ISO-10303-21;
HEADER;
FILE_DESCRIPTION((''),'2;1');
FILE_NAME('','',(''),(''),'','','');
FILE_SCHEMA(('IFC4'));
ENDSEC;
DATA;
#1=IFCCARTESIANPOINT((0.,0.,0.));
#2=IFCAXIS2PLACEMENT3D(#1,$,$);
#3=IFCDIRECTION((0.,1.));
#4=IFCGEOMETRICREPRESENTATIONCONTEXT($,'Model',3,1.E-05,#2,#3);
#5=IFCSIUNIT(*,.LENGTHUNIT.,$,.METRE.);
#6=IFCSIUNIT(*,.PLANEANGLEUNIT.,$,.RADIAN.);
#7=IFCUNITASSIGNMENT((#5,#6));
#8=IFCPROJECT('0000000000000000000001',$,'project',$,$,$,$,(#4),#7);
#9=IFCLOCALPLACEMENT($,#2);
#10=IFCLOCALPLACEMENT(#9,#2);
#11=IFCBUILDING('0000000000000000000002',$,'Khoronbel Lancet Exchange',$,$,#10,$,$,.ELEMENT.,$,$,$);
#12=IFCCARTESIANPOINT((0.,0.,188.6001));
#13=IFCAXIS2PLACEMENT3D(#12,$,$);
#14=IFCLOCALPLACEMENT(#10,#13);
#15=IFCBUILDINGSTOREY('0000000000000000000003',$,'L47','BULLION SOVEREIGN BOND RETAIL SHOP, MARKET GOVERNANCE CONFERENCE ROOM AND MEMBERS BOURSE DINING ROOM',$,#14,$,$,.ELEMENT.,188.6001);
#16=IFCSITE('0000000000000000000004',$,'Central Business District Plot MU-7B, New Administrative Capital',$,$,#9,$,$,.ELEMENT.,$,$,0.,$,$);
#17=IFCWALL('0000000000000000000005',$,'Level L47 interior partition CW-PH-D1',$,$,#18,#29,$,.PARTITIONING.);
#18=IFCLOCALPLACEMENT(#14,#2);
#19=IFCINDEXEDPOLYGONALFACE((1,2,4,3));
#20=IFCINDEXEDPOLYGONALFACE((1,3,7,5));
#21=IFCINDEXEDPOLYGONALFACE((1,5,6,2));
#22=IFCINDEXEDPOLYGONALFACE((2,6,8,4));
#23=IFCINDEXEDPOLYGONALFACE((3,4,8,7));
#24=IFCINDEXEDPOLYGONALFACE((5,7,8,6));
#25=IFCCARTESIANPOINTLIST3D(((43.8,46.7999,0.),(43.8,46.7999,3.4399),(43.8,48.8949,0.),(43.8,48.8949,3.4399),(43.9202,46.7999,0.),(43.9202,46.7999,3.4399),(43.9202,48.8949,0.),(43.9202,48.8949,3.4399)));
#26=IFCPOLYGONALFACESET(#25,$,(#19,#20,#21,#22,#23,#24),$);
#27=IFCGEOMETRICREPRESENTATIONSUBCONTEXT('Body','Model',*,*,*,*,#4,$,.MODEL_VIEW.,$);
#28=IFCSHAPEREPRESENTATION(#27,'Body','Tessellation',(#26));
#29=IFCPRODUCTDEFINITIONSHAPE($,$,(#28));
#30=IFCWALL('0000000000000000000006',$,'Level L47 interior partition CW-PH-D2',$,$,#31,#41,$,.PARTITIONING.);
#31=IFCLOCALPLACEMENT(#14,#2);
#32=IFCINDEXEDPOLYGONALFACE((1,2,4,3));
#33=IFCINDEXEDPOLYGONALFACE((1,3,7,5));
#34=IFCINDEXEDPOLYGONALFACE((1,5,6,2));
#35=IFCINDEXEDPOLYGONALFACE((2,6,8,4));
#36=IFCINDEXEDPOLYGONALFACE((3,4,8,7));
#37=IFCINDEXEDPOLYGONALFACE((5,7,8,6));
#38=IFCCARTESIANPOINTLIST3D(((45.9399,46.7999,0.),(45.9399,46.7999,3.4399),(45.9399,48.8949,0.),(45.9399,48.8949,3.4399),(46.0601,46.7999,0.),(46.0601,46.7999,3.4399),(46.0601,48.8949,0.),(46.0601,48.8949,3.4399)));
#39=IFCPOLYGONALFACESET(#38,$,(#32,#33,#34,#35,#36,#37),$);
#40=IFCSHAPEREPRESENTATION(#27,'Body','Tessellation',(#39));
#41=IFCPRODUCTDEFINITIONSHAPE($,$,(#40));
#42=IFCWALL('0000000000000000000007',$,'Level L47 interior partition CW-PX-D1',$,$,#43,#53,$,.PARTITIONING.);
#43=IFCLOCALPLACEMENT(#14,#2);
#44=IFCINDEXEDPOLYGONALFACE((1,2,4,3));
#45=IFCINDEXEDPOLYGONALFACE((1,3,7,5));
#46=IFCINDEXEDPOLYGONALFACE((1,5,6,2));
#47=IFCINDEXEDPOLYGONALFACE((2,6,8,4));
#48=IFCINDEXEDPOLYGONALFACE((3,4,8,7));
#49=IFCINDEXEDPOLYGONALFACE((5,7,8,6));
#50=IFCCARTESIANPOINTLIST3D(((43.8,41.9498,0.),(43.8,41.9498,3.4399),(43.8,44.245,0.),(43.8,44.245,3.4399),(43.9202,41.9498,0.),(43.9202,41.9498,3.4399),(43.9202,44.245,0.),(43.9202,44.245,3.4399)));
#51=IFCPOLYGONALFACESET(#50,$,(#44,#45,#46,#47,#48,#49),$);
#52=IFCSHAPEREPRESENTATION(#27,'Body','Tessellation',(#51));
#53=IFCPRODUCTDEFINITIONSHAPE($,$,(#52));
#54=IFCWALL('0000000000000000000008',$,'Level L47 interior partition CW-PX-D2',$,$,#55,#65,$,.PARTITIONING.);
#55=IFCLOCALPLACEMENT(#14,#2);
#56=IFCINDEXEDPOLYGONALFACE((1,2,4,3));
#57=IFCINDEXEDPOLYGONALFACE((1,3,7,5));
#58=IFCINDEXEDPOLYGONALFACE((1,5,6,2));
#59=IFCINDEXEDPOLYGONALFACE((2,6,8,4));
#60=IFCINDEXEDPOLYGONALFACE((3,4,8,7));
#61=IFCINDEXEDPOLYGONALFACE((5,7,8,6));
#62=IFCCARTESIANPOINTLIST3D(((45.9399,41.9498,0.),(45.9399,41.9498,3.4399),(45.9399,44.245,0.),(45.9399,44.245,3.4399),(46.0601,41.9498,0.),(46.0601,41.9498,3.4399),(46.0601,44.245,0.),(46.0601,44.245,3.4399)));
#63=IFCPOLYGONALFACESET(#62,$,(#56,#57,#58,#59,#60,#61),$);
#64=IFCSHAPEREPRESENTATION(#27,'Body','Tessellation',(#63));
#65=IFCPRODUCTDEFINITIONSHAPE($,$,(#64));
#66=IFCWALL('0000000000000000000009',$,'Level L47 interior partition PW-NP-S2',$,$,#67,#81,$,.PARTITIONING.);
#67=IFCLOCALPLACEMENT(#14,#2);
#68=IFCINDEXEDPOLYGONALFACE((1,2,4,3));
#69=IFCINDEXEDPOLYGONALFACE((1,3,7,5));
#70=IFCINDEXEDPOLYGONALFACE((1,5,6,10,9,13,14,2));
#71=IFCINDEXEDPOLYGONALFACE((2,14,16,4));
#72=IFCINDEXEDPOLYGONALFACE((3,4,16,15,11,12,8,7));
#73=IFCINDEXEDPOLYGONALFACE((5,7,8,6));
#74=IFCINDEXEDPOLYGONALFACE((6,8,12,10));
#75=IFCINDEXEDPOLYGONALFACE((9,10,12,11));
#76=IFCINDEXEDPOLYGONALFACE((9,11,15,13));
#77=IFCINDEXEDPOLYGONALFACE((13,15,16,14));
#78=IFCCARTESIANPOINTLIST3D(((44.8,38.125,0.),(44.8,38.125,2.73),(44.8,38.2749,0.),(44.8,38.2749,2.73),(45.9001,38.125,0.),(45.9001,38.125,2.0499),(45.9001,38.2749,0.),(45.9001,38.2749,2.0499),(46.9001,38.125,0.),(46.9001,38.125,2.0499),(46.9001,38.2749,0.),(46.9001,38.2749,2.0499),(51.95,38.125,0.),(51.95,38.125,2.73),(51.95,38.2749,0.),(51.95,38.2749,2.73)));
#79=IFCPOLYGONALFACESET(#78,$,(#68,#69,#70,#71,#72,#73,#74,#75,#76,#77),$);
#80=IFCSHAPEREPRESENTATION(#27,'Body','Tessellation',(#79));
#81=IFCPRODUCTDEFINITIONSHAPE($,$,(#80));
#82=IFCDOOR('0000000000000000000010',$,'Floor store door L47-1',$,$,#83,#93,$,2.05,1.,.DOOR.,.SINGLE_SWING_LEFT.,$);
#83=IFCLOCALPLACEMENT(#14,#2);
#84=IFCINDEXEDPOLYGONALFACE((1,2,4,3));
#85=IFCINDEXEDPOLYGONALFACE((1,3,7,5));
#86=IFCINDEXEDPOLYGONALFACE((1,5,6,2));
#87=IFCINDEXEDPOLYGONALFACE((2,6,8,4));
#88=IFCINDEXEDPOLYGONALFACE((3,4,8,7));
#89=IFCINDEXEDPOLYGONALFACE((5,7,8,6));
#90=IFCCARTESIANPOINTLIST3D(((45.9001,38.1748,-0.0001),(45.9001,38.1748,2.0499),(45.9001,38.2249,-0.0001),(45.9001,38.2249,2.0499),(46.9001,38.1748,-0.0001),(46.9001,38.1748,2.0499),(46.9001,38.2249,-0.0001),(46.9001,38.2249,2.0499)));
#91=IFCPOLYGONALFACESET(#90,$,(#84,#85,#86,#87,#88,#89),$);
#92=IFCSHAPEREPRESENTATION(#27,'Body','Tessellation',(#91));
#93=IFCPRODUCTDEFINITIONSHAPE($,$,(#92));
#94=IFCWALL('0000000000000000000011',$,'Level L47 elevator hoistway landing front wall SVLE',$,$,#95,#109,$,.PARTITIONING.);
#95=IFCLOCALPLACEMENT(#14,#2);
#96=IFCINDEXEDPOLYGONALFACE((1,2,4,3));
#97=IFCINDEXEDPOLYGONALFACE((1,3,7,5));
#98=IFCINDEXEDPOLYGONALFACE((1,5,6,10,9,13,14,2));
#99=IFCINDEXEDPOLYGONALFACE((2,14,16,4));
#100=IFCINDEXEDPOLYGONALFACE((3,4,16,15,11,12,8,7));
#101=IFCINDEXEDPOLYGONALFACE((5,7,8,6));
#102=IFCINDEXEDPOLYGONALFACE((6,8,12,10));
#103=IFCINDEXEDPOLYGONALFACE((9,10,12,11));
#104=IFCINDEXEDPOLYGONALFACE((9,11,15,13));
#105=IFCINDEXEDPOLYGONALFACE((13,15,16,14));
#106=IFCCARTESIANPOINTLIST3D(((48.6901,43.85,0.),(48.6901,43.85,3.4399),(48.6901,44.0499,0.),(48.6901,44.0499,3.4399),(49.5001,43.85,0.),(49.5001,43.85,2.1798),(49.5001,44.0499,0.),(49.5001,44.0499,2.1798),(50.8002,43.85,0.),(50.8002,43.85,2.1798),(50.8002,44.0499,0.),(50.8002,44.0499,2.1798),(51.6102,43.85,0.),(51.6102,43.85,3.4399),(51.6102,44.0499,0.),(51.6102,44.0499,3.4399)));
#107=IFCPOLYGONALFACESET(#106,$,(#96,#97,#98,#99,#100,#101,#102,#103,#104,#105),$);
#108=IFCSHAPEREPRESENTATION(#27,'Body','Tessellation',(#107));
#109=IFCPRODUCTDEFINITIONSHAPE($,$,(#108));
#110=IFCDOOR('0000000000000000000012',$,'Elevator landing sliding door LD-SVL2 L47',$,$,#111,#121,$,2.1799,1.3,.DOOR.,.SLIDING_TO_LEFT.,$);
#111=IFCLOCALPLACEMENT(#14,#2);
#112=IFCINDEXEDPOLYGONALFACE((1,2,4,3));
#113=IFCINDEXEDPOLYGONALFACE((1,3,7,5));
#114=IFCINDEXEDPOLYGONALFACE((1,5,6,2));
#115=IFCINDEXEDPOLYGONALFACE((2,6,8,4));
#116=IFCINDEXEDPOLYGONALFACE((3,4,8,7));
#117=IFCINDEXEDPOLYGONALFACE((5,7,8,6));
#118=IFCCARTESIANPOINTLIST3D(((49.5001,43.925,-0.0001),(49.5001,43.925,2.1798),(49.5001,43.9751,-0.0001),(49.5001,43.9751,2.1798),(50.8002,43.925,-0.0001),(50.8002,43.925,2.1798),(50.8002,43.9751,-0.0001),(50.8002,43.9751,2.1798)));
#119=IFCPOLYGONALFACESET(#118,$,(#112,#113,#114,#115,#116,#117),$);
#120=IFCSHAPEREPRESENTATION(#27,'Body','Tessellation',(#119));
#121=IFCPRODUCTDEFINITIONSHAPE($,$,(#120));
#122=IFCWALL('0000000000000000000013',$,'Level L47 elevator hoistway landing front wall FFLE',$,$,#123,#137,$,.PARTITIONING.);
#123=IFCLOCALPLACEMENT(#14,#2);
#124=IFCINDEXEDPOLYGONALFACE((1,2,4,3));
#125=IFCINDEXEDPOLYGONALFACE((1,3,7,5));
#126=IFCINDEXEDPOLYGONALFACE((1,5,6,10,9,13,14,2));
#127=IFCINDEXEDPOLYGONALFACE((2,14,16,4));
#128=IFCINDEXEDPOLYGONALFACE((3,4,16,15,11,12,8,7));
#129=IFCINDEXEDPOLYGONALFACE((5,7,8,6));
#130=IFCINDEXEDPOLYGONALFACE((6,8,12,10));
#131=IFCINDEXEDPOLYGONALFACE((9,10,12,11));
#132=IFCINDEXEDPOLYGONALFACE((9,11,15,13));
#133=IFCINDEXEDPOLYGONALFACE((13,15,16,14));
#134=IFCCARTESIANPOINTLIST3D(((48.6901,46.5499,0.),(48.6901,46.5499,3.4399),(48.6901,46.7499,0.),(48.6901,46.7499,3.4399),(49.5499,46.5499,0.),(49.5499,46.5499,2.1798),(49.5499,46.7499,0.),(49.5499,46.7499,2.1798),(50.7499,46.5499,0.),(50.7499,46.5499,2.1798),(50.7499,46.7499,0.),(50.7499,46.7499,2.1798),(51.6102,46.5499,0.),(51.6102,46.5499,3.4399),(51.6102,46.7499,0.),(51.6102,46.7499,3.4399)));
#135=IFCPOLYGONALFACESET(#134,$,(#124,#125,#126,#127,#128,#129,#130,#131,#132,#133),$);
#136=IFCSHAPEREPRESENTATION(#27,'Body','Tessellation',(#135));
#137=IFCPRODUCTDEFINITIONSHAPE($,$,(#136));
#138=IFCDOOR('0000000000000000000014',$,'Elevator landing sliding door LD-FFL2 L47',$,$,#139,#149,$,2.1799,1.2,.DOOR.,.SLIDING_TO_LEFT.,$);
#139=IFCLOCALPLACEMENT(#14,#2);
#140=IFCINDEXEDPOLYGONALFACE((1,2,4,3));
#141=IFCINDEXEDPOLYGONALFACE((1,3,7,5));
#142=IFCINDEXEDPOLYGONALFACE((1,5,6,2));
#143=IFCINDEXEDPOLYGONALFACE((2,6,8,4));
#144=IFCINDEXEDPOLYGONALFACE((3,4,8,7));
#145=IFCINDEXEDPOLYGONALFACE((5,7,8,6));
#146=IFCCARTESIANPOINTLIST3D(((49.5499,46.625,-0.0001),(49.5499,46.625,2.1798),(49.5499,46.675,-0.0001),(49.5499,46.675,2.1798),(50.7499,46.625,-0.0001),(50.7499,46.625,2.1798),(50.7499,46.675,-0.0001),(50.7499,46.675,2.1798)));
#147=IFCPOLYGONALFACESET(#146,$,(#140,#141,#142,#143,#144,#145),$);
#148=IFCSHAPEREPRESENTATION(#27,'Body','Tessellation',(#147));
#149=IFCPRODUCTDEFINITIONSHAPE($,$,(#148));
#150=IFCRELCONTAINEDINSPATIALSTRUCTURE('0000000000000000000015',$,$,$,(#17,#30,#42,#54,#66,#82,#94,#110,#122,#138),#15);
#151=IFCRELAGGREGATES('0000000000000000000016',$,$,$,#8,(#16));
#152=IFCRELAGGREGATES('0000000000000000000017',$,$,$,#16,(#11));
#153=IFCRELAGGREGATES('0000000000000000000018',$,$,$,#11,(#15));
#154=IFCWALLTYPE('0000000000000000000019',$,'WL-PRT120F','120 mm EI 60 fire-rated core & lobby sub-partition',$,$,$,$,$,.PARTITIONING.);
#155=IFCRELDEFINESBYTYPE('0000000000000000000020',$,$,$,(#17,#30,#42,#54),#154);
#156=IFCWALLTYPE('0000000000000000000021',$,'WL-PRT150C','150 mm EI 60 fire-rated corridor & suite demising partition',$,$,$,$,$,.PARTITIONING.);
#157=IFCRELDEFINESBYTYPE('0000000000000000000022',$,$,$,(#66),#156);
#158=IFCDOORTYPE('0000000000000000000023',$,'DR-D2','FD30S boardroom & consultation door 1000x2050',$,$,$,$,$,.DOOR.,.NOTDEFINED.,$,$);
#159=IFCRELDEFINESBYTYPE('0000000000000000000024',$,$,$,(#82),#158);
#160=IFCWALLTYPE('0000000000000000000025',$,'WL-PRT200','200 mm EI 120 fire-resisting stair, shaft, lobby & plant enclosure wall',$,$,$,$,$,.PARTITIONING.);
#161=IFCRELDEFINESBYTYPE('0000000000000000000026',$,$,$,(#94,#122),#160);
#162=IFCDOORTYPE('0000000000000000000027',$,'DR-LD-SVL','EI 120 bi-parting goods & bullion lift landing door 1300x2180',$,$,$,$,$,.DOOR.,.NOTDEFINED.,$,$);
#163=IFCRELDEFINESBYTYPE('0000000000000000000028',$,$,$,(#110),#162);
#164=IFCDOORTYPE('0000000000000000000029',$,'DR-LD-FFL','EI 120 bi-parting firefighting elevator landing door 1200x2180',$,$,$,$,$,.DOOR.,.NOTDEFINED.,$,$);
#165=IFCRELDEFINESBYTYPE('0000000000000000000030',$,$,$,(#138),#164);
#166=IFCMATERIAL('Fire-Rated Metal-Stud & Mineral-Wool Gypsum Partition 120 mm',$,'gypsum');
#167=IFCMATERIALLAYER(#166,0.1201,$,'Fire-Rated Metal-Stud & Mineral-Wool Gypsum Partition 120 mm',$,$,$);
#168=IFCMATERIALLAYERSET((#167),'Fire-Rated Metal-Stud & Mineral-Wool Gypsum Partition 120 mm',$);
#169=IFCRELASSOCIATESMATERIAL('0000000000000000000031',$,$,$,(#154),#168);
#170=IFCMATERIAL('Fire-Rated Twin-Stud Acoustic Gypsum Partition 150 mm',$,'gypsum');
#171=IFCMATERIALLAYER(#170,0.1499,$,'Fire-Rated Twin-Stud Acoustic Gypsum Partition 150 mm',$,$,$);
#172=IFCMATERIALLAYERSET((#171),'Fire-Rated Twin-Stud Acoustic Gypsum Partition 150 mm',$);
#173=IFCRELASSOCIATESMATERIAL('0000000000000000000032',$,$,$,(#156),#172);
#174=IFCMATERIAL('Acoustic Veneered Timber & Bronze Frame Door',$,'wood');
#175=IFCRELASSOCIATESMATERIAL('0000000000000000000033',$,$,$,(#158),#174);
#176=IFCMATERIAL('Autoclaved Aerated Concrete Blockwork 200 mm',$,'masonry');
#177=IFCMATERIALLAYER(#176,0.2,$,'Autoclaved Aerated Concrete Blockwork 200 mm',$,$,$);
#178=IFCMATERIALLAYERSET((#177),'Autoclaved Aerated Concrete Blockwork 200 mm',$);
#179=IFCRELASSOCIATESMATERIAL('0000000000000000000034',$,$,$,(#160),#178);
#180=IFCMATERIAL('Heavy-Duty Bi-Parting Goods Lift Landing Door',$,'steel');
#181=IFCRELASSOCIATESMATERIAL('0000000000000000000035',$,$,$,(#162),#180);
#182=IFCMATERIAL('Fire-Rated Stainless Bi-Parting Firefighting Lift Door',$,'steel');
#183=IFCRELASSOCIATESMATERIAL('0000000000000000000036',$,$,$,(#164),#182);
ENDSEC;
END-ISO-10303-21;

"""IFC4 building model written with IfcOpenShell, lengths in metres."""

from ifc_helpers import new_model, si_unit, direction, frame, frame_2d, origin, place, context, subcontext, project, spatial, rectangle, extrude, material, layer, layer_set, type_object, element, fill, save


model = new_model("IFC4")

# Units and contexts
model_context = context("Model", 3, precision=1e-05, world=origin(), true_north=direction((0.0, 1.0)))
body_context = subcontext(model_context, "Body", "Model", "MODEL_VIEW")
ifc_project = project(units=[si_unit("LENGTHUNIT", "METRE"), si_unit("PLANEANGLEUNIT", "RADIAN")], contexts=[model_context])

# Site, building, storey
site_placement = place(None, origin())
site = spatial("IfcSite", under=ifc_project, at=site_placement, Name="Central Business District Plot MU-7B, New Administrative Capital", CompositionType="ELEMENT", RefElevation=0.0)
building_placement = place(site_placement, origin())
building = spatial("IfcBuilding", under=site, at=building_placement, Name="Khoronbel Lancet Exchange", CompositionType="ELEMENT")
storey_placement = place(building_placement, frame((0.0, 0.0, 188.6001)))
storey = spatial("IfcBuildingStorey", under=building, at=storey_placement, Name="L47", Description="BULLION SOVEREIGN BOND RETAIL SHOP, MARKET GOVERNANCE CONFERENCE ROOM AND MEMBERS BOURSE DINING ROOM", CompositionType="ELEMENT", Elevation=188.6001)

# Walls
ifc_material_1 = material(Name="Fire-Rated Metal-Stud & Mineral-Wool Gypsum Partition 120 mm", Category="gypsum")
ifc_layer_1 = layer(ifc_material_1, 0.1201, Name="Fire-Rated Metal-Stud & Mineral-Wool Gypsum Partition 120 mm")
ifc_layer_set_1 = layer_set([ifc_layer_1], Name="Fire-Rated Metal-Stud & Mineral-Wool Gypsum Partition 120 mm")
wall_type_1 = type_object("IfcWallType", Name="WL-PRT120F", Description="120 mm EI 60 fire-rated core & lobby sub-partition", PredefinedType="PARTITIONING", material=ifc_layer_set_1)
for number, where, z_axis, x_axis, name in (
    (1, (43.8601, 46.8, 0.0), (0.0, 0.0, 1.0), (0.0, 1.0, 0.0), "Level L47 interior partition CW-PH-D1"),
    (2, (46.0, 46.8, 0.0), (0.0, 0.0, 1.0), (0.0, 1.0, 0.0), "Level L47 interior partition CW-PH-D2"),
):
    element("IfcWall", number, at=place(storey_placement, frame(where, z_axis=z_axis, x_axis=x_axis)), inside=storey, type_object=wall_type_1, Name=name, PredefinedType="PARTITIONING", context=body_context, shape_type="SweptSolid", body=[
        extrude(rectangle(XDim=2.095, YDim=0.1201, at=frame_2d((1.0474, 0.0))), origin(), (0.0, 0.0, 1.0), 3.4399),
    ])
for number, where, z_axis, x_axis, name in (
    (3, (43.8601, 41.95, 0.0), (0.0, 0.0, 1.0), (0.0, 1.0, 0.0), "Level L47 interior partition CW-PX-D1"),
    (4, (46.0, 41.95, 0.0), (0.0, 0.0, 1.0), (0.0, 1.0, 0.0), "Level L47 interior partition CW-PX-D2"),
):
    element("IfcWall", number, at=place(storey_placement, frame(where, z_axis=z_axis, x_axis=x_axis)), inside=storey, type_object=wall_type_1, Name=name, PredefinedType="PARTITIONING", context=body_context, shape_type="SweptSolid", body=[
        extrude(rectangle(XDim=2.2952, YDim=0.1201, at=frame_2d((1.1475, 0.0))), origin(), (0.0, 0.0, 1.0), 3.4399),
    ])

# Walls, openings, doors
ifc_material_2 = material(Name="Fire-Rated Twin-Stud Acoustic Gypsum Partition 150 mm", Category="gypsum")
ifc_layer_2 = layer(ifc_material_2, 0.1499, Name="Fire-Rated Twin-Stud Acoustic Gypsum Partition 150 mm")
ifc_layer_set_2 = layer_set([ifc_layer_2], Name="Fire-Rated Twin-Stud Acoustic Gypsum Partition 150 mm")
wall_type_2 = type_object("IfcWallType", Name="WL-PRT150C", Description="150 mm EI 60 fire-rated corridor & suite demising partition", PredefinedType="PARTITIONING", material=ifc_layer_set_2)
wall_1_placement = place(storey_placement, frame((44.8, 38.2, 0.0), z_axis=(0.0, 0.0, 1.0), x_axis=(1.0, 0.0, 0.0)))
wall_1 = element("IfcWall", 5, at=wall_1_placement, inside=storey, type_object=wall_type_2, Name="Level L47 interior partition PW-NP-S2", PredefinedType="PARTITIONING", context=body_context, shape_type="SweptSolid", body=[
    extrude(rectangle(XDim=7.1499, YDim=0.1499, at=frame_2d((3.575, 0.0))), origin(), (0.0, 0.0, 1.0), 2.73),
])
opening_1_placement = place(wall_1_placement, frame((1.1001, 0.0, 0.0)))
opening_1 = element("IfcOpeningElement", 6, at=opening_1_placement, cuts=wall_1, PredefinedType="OPENING", context=body_context, shape_type="SweptSolid", body=[
    extrude(rectangle(XDim=1.0, YDim=2.05, at=frame_2d((0.5, 1.0249))), frame((0.0, 0.085, 0.0), z_axis=(0.0, -1.0, 0.0), x_axis=(1.0, 0.0, 0.0)), (0.0, 0.0, 1.0), 0.1699),
])
ifc_material_3 = material(Name="Acoustic Veneered Timber & Bronze Frame Door", Category="wood")
door_type_1 = type_object("IfcDoorType", Name="DR-D2", Description="FD30S boardroom & consultation door 1000x2050", OperationType="NOTDEFINED", PredefinedType="DOOR", material=ifc_material_3)
door_1_placement = place(opening_1_placement, origin())
door_1 = element("IfcDoor", 7, at=door_1_placement, inside=storey, type_object=door_type_1, Name="Floor store door L47-1", OperationType="SINGLE_SWING_LEFT", OverallHeight=2.05, OverallWidth=1.0, PredefinedType="DOOR", context=body_context, shape_type="SweptSolid", body=[
    extrude(rectangle(XDim=1.0, YDim=2.05, at=frame_2d((0.5, 1.0249))), frame((0.0, 0.0249, 0.0), z_axis=(0.0, -1.0, 0.0), x_axis=(1.0, 0.0, 0.0)), (0.0, 0.0, 1.0), 0.05),
])
fill(opening_1, door_1)
ifc_material_4 = material(Name="Autoclaved Aerated Concrete Blockwork 200 mm", Category="masonry")
ifc_layer_3 = layer(ifc_material_4, 0.2, Name="Autoclaved Aerated Concrete Blockwork 200 mm")
ifc_layer_set_3 = layer_set([ifc_layer_3], Name="Autoclaved Aerated Concrete Blockwork 200 mm")
wall_type_3 = type_object("IfcWallType", Name="WL-PRT200", Description="200 mm EI 120 fire-resisting stair, shaft, lobby & plant enclosure wall", PredefinedType="PARTITIONING", material=ifc_layer_set_3)
wall_2_placement = place(storey_placement, frame((51.6101, 43.95, 0.0), z_axis=(0.0, 0.0, 1.0), x_axis=(-1.0, 0.0, 0.0)))
wall_2 = element("IfcWall", 8, at=wall_2_placement, inside=storey, type_object=wall_type_3, Name="Level L47 elevator hoistway landing front wall SVLE", PredefinedType="PARTITIONING", context=body_context, shape_type="SweptSolid", body=[
    extrude(rectangle(XDim=2.9202, YDim=0.2, at=frame_2d((1.46, 0.0))), origin(), (0.0, 0.0, 1.0), 3.4399),
])
opening_2_placement = place(wall_2_placement, frame((0.8101, 0.0, 0.0)))
opening_2 = element("IfcOpeningElement", 9, at=opening_2_placement, cuts=wall_2, PredefinedType="OPENING", context=body_context, shape_type="SweptSolid", body=[
    extrude(rectangle(XDim=1.3, YDim=2.1799, at=frame_2d((0.6499, 1.0898))), frame((0.0, 0.1099, 0.0), z_axis=(0.0, -1.0, 0.0), x_axis=(1.0, 0.0, 0.0)), (0.0, 0.0, 1.0), 0.22),
])
ifc_material_5 = material(Name="Heavy-Duty Bi-Parting Goods Lift Landing Door", Category="steel")
door_type_2 = type_object("IfcDoorType", Name="DR-LD-SVL", Description="EI 120 bi-parting goods & bullion lift landing door 1300x2180", OperationType="NOTDEFINED", PredefinedType="DOOR", material=ifc_material_5)
door_2_placement = place(opening_2_placement, origin())
door_2 = element("IfcDoor", 10, at=door_2_placement, inside=storey, type_object=door_type_2, Name="Elevator landing sliding door LD-SVL2 L47", OperationType="SLIDING_TO_LEFT", OverallHeight=2.1799, OverallWidth=1.3, PredefinedType="DOOR", context=body_context, shape_type="SweptSolid", body=[
    extrude(rectangle(XDim=1.3, YDim=2.1799, at=frame_2d((0.6499, 1.0898))), frame((0.0, 0.0249, 0.0), z_axis=(0.0, -1.0, 0.0), x_axis=(1.0, 0.0, 0.0)), (0.0, 0.0, 1.0), 0.05),
])
fill(opening_2, door_2)
wall_3_placement = place(storey_placement, frame((51.6101, 46.6499, 0.0), z_axis=(0.0, 0.0, 1.0), x_axis=(-1.0, 0.0, 0.0)))
wall_3 = element("IfcWall", 11, at=wall_3_placement, inside=storey, type_object=wall_type_3, Name="Level L47 elevator hoistway landing front wall FFLE", PredefinedType="PARTITIONING", context=body_context, shape_type="SweptSolid", body=[
    extrude(rectangle(XDim=2.9202, YDim=0.2, at=frame_2d((1.46, 0.0))), origin(), (0.0, 0.0, 1.0), 3.4399),
])
opening_3_placement = place(wall_3_placement, frame((0.8601, 0.0, 0.0)))
opening_3 = element("IfcOpeningElement", 12, at=opening_3_placement, cuts=wall_3, PredefinedType="OPENING", context=body_context, shape_type="SweptSolid", body=[
    extrude(rectangle(XDim=1.2, YDim=2.1799, at=frame_2d((0.6001, 1.0898))), frame((0.0, 0.1099, 0.0), z_axis=(0.0, -1.0, 0.0), x_axis=(1.0, 0.0, 0.0)), (0.0, 0.0, 1.0), 0.22),
])
ifc_material_6 = material(Name="Fire-Rated Stainless Bi-Parting Firefighting Lift Door", Category="steel")
door_type_3 = type_object("IfcDoorType", Name="DR-LD-FFL", Description="EI 120 bi-parting firefighting elevator landing door 1200x2180", OperationType="NOTDEFINED", PredefinedType="DOOR", material=ifc_material_6)
door_3_placement = place(opening_3_placement, origin())
door_3 = element("IfcDoor", 13, at=door_3_placement, inside=storey, type_object=door_type_3, Name="Elevator landing sliding door LD-FFL2 L47", OperationType="SLIDING_TO_LEFT", OverallHeight=2.1799, OverallWidth=1.2, PredefinedType="DOOR", context=body_context, shape_type="SweptSolid", body=[
    extrude(rectangle(XDim=1.2, YDim=2.1799, at=frame_2d((0.6001, 1.0898))), frame((0.0, 0.0249, 0.0), z_axis=(0.0, -1.0, 0.0), x_axis=(1.0, 0.0, 0.0)), (0.0, 0.0, 1.0), 0.05),
])
fill(opening_3, door_3)

save(model, "model.ifc")
